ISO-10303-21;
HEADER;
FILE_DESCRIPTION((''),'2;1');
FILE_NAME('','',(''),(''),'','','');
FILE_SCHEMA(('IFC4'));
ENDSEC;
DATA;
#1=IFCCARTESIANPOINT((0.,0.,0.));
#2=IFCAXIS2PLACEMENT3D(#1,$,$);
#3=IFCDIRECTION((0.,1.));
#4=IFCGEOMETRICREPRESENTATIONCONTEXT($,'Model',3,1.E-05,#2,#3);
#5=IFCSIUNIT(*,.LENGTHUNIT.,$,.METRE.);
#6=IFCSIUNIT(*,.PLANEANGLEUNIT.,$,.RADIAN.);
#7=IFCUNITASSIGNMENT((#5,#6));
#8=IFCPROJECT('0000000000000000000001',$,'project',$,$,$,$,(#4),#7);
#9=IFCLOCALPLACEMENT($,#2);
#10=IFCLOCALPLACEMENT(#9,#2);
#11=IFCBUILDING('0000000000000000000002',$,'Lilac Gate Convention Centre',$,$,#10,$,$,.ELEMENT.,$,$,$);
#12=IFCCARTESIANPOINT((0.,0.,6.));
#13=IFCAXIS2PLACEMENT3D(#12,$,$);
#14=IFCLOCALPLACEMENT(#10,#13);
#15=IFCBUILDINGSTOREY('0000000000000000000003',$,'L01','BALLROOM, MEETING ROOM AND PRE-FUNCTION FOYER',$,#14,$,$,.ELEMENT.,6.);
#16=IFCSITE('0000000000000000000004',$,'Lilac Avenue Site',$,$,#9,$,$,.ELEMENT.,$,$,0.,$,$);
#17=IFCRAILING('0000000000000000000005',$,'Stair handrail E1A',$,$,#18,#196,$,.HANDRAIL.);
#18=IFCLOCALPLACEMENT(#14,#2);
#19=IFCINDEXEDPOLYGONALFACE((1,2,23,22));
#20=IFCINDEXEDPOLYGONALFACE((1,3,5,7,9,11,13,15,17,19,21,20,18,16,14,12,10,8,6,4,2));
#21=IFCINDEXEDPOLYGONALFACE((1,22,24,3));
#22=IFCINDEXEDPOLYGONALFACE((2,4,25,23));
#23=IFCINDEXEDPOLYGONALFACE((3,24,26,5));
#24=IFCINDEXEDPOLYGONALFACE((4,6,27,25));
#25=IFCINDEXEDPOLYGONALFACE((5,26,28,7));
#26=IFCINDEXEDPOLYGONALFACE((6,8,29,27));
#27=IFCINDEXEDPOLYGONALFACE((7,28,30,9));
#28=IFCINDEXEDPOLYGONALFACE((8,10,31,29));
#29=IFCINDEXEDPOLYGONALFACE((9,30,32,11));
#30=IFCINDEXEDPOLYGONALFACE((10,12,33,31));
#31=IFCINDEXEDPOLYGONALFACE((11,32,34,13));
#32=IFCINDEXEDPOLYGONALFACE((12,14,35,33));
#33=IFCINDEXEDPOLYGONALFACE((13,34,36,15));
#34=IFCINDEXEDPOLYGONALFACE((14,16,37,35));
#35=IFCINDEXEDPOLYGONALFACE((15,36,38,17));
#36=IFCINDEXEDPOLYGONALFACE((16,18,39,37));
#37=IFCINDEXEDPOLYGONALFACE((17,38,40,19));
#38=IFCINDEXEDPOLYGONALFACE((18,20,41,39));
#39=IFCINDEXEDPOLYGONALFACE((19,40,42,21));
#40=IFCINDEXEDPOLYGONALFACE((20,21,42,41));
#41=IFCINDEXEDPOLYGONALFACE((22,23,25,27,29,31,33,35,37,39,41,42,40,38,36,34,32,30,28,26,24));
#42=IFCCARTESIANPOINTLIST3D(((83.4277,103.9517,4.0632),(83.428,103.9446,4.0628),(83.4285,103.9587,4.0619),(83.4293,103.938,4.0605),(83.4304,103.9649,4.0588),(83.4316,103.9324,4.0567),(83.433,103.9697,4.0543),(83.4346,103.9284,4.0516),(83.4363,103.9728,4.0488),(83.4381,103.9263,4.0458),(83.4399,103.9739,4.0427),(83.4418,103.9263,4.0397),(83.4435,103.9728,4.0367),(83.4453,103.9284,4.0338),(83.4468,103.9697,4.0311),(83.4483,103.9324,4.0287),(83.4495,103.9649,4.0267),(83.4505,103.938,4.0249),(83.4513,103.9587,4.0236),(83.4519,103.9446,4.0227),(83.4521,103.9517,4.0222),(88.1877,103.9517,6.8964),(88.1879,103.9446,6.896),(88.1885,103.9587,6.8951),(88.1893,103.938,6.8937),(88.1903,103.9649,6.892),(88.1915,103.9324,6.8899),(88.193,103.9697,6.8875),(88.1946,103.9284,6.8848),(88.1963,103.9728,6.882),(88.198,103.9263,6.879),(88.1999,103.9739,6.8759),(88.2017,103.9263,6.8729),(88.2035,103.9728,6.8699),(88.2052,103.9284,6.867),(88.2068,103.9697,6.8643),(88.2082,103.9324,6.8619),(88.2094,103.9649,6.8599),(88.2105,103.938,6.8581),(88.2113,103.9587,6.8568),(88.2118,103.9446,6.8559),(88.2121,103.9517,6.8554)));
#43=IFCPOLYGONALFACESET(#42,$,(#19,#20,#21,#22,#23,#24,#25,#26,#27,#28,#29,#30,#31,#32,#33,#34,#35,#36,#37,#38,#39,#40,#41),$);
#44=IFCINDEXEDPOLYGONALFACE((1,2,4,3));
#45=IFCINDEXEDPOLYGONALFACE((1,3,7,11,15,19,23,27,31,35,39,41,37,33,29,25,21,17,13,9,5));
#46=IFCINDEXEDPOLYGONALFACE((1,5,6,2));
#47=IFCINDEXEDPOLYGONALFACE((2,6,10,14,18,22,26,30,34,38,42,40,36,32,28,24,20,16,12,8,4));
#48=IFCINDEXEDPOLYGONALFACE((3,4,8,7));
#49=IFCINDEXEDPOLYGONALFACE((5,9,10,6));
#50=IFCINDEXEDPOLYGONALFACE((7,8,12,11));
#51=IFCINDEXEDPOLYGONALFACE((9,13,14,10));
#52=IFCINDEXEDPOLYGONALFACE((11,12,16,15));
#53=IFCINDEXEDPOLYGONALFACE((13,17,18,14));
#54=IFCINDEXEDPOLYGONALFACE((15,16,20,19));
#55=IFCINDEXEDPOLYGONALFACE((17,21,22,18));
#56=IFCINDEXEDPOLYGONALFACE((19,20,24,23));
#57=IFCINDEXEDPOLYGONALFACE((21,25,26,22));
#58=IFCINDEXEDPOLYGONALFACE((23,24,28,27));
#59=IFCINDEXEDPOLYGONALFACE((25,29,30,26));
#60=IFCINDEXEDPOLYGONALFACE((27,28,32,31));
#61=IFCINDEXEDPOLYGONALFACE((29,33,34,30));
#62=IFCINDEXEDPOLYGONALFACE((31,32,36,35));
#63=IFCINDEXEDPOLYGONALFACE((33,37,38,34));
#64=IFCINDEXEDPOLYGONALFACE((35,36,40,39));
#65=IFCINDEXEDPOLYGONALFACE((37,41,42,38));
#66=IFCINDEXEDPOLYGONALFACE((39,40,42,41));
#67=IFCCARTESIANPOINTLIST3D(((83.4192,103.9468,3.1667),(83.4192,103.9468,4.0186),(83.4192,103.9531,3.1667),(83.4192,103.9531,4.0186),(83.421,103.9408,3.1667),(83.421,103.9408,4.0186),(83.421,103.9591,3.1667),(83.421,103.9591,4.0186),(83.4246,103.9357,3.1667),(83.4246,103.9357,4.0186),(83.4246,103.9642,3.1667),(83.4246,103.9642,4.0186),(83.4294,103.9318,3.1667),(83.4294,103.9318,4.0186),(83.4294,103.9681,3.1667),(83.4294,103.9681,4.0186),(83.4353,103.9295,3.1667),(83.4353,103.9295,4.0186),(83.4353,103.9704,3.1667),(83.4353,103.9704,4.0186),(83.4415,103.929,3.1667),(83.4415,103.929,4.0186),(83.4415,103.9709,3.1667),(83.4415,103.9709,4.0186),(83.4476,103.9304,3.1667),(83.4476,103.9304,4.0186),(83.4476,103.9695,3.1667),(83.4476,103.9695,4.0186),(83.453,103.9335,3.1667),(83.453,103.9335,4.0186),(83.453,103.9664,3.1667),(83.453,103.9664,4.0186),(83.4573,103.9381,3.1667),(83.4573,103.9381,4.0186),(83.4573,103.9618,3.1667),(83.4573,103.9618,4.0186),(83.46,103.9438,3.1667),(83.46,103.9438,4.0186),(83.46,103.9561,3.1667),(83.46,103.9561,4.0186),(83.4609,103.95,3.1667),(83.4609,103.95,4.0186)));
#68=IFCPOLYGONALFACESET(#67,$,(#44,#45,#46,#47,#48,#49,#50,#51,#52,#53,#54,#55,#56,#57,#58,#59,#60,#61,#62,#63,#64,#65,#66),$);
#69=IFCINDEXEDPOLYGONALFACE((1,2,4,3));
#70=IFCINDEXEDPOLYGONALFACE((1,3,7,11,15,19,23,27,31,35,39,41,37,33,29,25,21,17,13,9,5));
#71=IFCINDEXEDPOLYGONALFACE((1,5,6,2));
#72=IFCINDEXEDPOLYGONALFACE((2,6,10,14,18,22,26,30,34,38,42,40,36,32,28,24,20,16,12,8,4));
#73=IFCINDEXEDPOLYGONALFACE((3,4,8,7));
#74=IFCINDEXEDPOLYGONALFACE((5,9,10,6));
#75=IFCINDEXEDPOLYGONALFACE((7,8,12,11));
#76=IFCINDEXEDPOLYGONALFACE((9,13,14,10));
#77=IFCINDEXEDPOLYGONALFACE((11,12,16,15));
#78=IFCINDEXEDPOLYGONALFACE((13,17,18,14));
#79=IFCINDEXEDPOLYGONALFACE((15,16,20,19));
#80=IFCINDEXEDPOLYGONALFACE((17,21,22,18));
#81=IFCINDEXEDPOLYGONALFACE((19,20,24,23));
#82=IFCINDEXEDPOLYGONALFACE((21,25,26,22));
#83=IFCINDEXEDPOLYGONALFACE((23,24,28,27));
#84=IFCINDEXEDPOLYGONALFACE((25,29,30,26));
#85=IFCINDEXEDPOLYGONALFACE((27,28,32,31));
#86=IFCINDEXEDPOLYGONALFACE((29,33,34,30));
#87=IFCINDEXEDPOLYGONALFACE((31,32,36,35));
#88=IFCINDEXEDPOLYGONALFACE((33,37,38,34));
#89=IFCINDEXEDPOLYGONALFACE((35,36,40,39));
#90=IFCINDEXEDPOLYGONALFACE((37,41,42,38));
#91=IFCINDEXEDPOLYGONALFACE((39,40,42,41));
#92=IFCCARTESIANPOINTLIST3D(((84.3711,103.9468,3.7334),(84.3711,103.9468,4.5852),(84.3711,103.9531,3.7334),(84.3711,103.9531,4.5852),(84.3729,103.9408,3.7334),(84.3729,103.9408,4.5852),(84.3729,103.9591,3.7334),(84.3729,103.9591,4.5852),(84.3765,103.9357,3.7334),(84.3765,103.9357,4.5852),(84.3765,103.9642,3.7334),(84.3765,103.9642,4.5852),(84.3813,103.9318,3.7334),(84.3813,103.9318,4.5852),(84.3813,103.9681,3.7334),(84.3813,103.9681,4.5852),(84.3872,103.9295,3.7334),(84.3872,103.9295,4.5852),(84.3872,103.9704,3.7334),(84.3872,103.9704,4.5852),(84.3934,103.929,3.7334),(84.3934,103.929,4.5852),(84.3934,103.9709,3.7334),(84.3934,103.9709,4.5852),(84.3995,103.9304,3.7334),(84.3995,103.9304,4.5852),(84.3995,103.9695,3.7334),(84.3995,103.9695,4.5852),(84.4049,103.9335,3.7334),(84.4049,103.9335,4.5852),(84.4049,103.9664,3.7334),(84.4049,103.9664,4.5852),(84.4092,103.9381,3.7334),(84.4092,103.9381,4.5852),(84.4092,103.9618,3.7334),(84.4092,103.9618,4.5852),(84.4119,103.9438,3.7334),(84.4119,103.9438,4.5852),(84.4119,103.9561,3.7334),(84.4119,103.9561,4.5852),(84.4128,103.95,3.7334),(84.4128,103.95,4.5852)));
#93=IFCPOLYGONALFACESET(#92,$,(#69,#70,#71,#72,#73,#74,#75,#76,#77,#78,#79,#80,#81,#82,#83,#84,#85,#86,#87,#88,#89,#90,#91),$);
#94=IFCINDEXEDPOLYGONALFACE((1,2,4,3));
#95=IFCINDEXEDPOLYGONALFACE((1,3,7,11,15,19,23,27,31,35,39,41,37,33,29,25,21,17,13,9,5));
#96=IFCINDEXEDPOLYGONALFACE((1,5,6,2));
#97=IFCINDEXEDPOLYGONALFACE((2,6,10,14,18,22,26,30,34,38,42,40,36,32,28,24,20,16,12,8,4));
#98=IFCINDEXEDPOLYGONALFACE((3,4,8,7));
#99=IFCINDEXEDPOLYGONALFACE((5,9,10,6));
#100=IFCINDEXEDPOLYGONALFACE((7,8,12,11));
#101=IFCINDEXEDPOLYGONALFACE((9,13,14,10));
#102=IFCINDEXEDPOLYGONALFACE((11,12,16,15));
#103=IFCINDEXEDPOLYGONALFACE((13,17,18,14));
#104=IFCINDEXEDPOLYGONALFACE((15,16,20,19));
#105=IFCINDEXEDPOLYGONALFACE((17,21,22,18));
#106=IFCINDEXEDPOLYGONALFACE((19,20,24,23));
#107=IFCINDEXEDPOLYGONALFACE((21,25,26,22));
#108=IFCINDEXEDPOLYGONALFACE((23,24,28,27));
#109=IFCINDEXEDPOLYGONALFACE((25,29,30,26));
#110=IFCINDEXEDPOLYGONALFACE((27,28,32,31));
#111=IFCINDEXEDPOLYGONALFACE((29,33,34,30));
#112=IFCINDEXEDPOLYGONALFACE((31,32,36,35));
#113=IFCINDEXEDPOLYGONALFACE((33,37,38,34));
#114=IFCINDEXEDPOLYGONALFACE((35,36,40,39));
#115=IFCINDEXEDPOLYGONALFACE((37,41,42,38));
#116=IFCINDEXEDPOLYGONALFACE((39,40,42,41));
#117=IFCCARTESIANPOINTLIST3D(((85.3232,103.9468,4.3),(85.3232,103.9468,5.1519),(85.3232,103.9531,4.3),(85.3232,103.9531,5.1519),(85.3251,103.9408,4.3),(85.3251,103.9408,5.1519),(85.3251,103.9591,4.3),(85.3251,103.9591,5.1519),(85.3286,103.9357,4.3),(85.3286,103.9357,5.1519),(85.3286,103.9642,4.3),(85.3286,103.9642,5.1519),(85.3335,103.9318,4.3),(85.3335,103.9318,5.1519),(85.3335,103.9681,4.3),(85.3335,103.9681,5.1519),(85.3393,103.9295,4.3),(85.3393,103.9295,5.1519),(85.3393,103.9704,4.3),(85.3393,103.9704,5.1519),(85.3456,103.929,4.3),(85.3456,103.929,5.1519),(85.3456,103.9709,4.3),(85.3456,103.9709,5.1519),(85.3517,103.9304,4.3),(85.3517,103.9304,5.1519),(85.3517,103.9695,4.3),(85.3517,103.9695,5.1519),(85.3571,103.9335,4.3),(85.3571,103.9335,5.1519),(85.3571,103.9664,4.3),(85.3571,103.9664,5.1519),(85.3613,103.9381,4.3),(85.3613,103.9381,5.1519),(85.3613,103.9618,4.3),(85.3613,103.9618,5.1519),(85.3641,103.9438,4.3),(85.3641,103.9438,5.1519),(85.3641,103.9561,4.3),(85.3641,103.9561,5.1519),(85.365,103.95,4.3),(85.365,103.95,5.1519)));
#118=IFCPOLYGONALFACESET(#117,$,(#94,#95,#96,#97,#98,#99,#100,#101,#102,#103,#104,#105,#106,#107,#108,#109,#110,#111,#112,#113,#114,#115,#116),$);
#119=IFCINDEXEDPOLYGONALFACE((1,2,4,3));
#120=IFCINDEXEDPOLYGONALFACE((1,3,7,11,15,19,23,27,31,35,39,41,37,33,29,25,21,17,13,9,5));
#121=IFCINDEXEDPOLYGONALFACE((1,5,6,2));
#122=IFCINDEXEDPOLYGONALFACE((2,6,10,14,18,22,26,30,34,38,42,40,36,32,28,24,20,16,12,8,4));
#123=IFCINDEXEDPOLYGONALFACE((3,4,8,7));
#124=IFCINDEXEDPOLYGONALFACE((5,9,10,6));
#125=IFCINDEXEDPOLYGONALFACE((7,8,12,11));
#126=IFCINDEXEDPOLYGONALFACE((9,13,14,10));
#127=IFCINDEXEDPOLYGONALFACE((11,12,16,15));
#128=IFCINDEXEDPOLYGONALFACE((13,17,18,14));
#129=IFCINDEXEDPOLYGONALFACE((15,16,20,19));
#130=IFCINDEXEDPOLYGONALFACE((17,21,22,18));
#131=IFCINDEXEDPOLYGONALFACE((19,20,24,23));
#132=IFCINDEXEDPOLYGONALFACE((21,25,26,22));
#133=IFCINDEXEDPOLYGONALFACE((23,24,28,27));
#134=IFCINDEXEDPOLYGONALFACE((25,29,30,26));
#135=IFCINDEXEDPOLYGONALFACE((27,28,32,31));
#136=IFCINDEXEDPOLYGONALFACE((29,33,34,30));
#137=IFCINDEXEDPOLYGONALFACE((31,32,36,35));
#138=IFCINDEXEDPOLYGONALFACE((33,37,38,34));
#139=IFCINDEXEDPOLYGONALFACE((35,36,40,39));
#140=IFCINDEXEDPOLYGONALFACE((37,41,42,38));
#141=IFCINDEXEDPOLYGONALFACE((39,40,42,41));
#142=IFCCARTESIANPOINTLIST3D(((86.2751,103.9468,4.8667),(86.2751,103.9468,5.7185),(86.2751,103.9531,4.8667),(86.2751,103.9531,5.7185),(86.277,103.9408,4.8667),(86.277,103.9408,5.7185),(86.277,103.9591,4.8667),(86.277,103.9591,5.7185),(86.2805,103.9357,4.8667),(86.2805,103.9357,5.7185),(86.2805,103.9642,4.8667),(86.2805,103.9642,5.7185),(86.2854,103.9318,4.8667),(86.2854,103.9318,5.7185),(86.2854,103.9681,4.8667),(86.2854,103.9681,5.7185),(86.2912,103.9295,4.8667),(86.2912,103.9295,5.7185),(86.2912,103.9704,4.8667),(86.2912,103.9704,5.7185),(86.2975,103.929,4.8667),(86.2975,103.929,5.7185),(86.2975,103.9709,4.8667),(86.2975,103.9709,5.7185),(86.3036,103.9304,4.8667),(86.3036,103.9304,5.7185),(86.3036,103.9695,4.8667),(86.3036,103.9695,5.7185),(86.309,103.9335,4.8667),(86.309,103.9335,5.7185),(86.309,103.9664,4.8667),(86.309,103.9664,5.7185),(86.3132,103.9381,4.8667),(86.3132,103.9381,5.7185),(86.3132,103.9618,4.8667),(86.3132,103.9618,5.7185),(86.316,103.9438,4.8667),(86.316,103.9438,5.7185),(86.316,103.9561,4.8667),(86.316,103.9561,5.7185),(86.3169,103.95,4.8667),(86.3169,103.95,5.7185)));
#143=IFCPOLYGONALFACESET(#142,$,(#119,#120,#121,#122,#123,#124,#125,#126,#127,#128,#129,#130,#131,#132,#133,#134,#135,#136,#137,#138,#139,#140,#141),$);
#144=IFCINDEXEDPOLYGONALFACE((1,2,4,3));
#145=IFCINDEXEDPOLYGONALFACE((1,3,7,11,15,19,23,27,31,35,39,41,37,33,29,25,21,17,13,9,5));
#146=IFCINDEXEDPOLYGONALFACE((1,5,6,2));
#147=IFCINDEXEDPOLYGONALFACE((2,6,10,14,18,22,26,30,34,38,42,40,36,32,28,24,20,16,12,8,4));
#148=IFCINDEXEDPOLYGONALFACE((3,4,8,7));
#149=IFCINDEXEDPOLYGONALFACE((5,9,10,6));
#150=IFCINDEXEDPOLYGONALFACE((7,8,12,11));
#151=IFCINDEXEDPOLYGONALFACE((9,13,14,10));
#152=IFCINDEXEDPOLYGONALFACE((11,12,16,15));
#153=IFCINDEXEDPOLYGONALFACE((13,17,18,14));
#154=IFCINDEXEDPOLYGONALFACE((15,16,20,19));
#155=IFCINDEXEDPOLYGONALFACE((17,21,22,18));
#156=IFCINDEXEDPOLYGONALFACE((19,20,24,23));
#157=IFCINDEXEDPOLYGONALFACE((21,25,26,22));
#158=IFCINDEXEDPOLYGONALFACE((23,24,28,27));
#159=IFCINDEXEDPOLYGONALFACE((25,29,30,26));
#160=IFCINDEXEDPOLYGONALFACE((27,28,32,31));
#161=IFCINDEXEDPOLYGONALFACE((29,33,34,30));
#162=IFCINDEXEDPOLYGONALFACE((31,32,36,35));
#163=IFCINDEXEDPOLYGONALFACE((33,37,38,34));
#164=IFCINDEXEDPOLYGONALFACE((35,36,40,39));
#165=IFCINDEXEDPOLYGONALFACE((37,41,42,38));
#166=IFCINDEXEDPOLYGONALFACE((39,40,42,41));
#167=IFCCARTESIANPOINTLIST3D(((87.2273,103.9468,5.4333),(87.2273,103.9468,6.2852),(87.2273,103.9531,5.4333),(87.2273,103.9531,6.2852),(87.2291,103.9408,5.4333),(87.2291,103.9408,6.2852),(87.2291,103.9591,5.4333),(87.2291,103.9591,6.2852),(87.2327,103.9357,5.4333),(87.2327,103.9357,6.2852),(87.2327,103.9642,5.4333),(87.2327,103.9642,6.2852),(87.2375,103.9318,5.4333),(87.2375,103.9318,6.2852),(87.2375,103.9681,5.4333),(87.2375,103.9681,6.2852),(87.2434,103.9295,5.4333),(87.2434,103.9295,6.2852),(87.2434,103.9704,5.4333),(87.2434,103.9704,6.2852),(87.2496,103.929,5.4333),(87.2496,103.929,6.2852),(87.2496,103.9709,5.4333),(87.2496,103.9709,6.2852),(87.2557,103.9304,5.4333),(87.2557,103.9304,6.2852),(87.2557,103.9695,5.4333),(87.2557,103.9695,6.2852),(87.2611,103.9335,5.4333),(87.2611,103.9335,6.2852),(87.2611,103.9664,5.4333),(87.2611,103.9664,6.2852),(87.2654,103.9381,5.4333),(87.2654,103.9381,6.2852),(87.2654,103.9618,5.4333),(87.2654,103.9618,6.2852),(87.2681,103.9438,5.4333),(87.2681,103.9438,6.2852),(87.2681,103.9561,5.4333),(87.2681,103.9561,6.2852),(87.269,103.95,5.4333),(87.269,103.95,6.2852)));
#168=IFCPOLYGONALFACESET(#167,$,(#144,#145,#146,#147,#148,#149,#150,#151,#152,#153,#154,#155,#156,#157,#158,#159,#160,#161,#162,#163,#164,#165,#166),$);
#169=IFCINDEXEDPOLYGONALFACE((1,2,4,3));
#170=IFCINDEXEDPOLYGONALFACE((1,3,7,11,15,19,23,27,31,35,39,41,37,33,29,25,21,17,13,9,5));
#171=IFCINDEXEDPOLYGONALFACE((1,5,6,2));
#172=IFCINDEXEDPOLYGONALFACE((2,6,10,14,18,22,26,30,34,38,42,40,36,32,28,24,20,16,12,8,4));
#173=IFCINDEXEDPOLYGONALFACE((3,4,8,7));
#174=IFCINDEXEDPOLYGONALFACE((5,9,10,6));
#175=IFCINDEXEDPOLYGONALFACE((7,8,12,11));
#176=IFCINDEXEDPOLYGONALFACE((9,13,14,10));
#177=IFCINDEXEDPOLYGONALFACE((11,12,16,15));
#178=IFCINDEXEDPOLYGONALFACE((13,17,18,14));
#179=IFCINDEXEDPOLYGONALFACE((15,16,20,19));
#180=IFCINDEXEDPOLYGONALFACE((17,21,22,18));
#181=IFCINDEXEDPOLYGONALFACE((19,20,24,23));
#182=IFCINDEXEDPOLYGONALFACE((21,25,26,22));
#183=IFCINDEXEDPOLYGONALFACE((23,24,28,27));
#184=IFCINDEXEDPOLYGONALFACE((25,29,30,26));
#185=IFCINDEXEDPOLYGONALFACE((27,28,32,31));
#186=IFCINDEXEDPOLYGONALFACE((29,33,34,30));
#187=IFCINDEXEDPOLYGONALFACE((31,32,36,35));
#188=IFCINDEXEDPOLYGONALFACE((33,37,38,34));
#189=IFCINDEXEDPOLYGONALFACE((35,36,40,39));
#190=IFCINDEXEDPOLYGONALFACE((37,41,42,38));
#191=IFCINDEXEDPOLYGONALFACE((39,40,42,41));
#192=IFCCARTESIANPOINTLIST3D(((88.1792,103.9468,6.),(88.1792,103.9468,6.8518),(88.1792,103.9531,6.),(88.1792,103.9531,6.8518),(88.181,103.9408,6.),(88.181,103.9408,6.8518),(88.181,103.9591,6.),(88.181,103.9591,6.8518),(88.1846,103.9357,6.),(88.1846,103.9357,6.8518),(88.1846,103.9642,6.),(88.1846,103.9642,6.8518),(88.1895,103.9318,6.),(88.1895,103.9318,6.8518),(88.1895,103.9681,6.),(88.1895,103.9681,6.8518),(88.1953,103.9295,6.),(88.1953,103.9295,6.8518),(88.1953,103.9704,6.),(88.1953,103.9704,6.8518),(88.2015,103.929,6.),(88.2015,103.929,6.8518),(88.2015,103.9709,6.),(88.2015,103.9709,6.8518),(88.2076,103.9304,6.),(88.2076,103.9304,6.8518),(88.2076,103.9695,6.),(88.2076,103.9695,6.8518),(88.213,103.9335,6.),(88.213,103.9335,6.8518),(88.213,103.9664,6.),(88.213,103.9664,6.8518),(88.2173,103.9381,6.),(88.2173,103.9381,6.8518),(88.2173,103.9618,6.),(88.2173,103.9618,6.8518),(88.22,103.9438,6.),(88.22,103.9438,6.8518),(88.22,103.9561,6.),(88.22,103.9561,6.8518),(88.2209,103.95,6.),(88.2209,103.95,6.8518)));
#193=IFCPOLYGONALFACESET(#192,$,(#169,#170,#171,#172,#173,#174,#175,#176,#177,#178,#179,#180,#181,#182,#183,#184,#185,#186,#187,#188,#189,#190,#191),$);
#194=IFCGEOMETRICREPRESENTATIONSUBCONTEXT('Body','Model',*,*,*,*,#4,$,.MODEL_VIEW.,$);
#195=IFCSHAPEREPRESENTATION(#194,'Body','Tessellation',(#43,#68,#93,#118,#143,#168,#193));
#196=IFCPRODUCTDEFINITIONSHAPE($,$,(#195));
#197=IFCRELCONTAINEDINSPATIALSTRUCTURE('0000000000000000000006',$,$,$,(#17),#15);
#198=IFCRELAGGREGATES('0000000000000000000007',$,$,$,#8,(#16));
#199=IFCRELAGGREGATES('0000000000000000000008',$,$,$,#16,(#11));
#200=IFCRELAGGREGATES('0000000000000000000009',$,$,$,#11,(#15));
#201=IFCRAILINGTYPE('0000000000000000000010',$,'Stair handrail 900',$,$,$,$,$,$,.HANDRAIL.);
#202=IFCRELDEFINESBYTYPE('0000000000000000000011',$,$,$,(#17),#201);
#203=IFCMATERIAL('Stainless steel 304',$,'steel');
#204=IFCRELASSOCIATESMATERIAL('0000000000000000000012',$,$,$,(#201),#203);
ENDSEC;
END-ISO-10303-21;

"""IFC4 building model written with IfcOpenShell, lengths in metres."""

from ifc_helpers import new_model, si_unit, direction, frame, origin, origin_2d, place, context, subcontext, project, spatial, circle, extrude, material, type_object, element, save


model = new_model("IFC4")

# Units and contexts
model_context = context("Model", 3, precision=1e-05, world=origin(), true_north=direction((0.0, 1.0)))
body_context = subcontext(model_context, "Body", "Model", "MODEL_VIEW")
ifc_project = project(units=[si_unit("LENGTHUNIT", "METRE"), si_unit("PLANEANGLEUNIT", "RADIAN")], contexts=[model_context])

# Site, building, storey
site_placement = place(None, origin())
site = spatial("IfcSite", under=ifc_project, at=site_placement, Name="Lilac Avenue Site", CompositionType="ELEMENT", RefElevation=0.0)
building_placement = place(site_placement, origin())
building = spatial("IfcBuilding", under=site, at=building_placement, Name="Lilac Gate Convention Centre", CompositionType="ELEMENT")
storey_placement = place(building_placement, frame((0.0, 0.0, 6.0)))
storey = spatial("IfcBuildingStorey", under=building, at=storey_placement, Name="L01", Description="BALLROOM, MEETING ROOM AND PRE-FUNCTION FOYER", CompositionType="ELEMENT", Elevation=6.0)

# Shared definitions
ifc_material_1 = material(Name="Stainless steel 304", Category="steel")

# Railing
railing_type = type_object("IfcRailingType", Name="Stair handrail 900", PredefinedType="HANDRAIL", material=ifc_material_1)
for number, where, name in (
    (1, (83.4399, 103.95, 3.1667), "Stair handrail E1A"),
):
    element("IfcRailing", number, at=place(storey_placement, frame(where)), inside=storey, type_object=railing_type, Name=name, PredefinedType="HANDRAIL", context=body_context, shape_type="SweptSolid", body=[
        extrude(circle(Radius=0.0239, at=origin_2d()), frame((0.0, 0.0, 0.876), z_axis=(0.8593, 0.0, 0.511472), x_axis=(0.0, 1.0, 0.0)), (0.0, 0.0, 1.0), 5.5393),
        extrude(circle(Radius=0.021, at=origin_2d()), origin(), (0.0, 0.0, 1.0), 0.8518),
        extrude(circle(Radius=0.021, at=origin_2d()), frame((0.9519, 0.0, 0.5667)), (0.0, 0.0, 1.0), 0.8518),
        extrude(circle(Radius=0.021, at=origin_2d()), frame((1.9041, 0.0, 1.1333)), (0.0, 0.0, 1.0), 0.8518),
        extrude(circle(Radius=0.021, at=origin_2d()), frame((2.856, 0.0, 1.7)), (0.0, 0.0, 1.0), 0.8518),
        extrude(circle(Radius=0.021, at=origin_2d()), frame((3.8081, 0.0, 2.2666)), (0.0, 0.0, 1.0), 0.8518),
        extrude(circle(Radius=0.021, at=origin_2d()), frame((4.76, 0.0, 2.8333)), (0.0, 0.0, 1.0), 0.8518),
    ])

save(model, "model.ifc")
